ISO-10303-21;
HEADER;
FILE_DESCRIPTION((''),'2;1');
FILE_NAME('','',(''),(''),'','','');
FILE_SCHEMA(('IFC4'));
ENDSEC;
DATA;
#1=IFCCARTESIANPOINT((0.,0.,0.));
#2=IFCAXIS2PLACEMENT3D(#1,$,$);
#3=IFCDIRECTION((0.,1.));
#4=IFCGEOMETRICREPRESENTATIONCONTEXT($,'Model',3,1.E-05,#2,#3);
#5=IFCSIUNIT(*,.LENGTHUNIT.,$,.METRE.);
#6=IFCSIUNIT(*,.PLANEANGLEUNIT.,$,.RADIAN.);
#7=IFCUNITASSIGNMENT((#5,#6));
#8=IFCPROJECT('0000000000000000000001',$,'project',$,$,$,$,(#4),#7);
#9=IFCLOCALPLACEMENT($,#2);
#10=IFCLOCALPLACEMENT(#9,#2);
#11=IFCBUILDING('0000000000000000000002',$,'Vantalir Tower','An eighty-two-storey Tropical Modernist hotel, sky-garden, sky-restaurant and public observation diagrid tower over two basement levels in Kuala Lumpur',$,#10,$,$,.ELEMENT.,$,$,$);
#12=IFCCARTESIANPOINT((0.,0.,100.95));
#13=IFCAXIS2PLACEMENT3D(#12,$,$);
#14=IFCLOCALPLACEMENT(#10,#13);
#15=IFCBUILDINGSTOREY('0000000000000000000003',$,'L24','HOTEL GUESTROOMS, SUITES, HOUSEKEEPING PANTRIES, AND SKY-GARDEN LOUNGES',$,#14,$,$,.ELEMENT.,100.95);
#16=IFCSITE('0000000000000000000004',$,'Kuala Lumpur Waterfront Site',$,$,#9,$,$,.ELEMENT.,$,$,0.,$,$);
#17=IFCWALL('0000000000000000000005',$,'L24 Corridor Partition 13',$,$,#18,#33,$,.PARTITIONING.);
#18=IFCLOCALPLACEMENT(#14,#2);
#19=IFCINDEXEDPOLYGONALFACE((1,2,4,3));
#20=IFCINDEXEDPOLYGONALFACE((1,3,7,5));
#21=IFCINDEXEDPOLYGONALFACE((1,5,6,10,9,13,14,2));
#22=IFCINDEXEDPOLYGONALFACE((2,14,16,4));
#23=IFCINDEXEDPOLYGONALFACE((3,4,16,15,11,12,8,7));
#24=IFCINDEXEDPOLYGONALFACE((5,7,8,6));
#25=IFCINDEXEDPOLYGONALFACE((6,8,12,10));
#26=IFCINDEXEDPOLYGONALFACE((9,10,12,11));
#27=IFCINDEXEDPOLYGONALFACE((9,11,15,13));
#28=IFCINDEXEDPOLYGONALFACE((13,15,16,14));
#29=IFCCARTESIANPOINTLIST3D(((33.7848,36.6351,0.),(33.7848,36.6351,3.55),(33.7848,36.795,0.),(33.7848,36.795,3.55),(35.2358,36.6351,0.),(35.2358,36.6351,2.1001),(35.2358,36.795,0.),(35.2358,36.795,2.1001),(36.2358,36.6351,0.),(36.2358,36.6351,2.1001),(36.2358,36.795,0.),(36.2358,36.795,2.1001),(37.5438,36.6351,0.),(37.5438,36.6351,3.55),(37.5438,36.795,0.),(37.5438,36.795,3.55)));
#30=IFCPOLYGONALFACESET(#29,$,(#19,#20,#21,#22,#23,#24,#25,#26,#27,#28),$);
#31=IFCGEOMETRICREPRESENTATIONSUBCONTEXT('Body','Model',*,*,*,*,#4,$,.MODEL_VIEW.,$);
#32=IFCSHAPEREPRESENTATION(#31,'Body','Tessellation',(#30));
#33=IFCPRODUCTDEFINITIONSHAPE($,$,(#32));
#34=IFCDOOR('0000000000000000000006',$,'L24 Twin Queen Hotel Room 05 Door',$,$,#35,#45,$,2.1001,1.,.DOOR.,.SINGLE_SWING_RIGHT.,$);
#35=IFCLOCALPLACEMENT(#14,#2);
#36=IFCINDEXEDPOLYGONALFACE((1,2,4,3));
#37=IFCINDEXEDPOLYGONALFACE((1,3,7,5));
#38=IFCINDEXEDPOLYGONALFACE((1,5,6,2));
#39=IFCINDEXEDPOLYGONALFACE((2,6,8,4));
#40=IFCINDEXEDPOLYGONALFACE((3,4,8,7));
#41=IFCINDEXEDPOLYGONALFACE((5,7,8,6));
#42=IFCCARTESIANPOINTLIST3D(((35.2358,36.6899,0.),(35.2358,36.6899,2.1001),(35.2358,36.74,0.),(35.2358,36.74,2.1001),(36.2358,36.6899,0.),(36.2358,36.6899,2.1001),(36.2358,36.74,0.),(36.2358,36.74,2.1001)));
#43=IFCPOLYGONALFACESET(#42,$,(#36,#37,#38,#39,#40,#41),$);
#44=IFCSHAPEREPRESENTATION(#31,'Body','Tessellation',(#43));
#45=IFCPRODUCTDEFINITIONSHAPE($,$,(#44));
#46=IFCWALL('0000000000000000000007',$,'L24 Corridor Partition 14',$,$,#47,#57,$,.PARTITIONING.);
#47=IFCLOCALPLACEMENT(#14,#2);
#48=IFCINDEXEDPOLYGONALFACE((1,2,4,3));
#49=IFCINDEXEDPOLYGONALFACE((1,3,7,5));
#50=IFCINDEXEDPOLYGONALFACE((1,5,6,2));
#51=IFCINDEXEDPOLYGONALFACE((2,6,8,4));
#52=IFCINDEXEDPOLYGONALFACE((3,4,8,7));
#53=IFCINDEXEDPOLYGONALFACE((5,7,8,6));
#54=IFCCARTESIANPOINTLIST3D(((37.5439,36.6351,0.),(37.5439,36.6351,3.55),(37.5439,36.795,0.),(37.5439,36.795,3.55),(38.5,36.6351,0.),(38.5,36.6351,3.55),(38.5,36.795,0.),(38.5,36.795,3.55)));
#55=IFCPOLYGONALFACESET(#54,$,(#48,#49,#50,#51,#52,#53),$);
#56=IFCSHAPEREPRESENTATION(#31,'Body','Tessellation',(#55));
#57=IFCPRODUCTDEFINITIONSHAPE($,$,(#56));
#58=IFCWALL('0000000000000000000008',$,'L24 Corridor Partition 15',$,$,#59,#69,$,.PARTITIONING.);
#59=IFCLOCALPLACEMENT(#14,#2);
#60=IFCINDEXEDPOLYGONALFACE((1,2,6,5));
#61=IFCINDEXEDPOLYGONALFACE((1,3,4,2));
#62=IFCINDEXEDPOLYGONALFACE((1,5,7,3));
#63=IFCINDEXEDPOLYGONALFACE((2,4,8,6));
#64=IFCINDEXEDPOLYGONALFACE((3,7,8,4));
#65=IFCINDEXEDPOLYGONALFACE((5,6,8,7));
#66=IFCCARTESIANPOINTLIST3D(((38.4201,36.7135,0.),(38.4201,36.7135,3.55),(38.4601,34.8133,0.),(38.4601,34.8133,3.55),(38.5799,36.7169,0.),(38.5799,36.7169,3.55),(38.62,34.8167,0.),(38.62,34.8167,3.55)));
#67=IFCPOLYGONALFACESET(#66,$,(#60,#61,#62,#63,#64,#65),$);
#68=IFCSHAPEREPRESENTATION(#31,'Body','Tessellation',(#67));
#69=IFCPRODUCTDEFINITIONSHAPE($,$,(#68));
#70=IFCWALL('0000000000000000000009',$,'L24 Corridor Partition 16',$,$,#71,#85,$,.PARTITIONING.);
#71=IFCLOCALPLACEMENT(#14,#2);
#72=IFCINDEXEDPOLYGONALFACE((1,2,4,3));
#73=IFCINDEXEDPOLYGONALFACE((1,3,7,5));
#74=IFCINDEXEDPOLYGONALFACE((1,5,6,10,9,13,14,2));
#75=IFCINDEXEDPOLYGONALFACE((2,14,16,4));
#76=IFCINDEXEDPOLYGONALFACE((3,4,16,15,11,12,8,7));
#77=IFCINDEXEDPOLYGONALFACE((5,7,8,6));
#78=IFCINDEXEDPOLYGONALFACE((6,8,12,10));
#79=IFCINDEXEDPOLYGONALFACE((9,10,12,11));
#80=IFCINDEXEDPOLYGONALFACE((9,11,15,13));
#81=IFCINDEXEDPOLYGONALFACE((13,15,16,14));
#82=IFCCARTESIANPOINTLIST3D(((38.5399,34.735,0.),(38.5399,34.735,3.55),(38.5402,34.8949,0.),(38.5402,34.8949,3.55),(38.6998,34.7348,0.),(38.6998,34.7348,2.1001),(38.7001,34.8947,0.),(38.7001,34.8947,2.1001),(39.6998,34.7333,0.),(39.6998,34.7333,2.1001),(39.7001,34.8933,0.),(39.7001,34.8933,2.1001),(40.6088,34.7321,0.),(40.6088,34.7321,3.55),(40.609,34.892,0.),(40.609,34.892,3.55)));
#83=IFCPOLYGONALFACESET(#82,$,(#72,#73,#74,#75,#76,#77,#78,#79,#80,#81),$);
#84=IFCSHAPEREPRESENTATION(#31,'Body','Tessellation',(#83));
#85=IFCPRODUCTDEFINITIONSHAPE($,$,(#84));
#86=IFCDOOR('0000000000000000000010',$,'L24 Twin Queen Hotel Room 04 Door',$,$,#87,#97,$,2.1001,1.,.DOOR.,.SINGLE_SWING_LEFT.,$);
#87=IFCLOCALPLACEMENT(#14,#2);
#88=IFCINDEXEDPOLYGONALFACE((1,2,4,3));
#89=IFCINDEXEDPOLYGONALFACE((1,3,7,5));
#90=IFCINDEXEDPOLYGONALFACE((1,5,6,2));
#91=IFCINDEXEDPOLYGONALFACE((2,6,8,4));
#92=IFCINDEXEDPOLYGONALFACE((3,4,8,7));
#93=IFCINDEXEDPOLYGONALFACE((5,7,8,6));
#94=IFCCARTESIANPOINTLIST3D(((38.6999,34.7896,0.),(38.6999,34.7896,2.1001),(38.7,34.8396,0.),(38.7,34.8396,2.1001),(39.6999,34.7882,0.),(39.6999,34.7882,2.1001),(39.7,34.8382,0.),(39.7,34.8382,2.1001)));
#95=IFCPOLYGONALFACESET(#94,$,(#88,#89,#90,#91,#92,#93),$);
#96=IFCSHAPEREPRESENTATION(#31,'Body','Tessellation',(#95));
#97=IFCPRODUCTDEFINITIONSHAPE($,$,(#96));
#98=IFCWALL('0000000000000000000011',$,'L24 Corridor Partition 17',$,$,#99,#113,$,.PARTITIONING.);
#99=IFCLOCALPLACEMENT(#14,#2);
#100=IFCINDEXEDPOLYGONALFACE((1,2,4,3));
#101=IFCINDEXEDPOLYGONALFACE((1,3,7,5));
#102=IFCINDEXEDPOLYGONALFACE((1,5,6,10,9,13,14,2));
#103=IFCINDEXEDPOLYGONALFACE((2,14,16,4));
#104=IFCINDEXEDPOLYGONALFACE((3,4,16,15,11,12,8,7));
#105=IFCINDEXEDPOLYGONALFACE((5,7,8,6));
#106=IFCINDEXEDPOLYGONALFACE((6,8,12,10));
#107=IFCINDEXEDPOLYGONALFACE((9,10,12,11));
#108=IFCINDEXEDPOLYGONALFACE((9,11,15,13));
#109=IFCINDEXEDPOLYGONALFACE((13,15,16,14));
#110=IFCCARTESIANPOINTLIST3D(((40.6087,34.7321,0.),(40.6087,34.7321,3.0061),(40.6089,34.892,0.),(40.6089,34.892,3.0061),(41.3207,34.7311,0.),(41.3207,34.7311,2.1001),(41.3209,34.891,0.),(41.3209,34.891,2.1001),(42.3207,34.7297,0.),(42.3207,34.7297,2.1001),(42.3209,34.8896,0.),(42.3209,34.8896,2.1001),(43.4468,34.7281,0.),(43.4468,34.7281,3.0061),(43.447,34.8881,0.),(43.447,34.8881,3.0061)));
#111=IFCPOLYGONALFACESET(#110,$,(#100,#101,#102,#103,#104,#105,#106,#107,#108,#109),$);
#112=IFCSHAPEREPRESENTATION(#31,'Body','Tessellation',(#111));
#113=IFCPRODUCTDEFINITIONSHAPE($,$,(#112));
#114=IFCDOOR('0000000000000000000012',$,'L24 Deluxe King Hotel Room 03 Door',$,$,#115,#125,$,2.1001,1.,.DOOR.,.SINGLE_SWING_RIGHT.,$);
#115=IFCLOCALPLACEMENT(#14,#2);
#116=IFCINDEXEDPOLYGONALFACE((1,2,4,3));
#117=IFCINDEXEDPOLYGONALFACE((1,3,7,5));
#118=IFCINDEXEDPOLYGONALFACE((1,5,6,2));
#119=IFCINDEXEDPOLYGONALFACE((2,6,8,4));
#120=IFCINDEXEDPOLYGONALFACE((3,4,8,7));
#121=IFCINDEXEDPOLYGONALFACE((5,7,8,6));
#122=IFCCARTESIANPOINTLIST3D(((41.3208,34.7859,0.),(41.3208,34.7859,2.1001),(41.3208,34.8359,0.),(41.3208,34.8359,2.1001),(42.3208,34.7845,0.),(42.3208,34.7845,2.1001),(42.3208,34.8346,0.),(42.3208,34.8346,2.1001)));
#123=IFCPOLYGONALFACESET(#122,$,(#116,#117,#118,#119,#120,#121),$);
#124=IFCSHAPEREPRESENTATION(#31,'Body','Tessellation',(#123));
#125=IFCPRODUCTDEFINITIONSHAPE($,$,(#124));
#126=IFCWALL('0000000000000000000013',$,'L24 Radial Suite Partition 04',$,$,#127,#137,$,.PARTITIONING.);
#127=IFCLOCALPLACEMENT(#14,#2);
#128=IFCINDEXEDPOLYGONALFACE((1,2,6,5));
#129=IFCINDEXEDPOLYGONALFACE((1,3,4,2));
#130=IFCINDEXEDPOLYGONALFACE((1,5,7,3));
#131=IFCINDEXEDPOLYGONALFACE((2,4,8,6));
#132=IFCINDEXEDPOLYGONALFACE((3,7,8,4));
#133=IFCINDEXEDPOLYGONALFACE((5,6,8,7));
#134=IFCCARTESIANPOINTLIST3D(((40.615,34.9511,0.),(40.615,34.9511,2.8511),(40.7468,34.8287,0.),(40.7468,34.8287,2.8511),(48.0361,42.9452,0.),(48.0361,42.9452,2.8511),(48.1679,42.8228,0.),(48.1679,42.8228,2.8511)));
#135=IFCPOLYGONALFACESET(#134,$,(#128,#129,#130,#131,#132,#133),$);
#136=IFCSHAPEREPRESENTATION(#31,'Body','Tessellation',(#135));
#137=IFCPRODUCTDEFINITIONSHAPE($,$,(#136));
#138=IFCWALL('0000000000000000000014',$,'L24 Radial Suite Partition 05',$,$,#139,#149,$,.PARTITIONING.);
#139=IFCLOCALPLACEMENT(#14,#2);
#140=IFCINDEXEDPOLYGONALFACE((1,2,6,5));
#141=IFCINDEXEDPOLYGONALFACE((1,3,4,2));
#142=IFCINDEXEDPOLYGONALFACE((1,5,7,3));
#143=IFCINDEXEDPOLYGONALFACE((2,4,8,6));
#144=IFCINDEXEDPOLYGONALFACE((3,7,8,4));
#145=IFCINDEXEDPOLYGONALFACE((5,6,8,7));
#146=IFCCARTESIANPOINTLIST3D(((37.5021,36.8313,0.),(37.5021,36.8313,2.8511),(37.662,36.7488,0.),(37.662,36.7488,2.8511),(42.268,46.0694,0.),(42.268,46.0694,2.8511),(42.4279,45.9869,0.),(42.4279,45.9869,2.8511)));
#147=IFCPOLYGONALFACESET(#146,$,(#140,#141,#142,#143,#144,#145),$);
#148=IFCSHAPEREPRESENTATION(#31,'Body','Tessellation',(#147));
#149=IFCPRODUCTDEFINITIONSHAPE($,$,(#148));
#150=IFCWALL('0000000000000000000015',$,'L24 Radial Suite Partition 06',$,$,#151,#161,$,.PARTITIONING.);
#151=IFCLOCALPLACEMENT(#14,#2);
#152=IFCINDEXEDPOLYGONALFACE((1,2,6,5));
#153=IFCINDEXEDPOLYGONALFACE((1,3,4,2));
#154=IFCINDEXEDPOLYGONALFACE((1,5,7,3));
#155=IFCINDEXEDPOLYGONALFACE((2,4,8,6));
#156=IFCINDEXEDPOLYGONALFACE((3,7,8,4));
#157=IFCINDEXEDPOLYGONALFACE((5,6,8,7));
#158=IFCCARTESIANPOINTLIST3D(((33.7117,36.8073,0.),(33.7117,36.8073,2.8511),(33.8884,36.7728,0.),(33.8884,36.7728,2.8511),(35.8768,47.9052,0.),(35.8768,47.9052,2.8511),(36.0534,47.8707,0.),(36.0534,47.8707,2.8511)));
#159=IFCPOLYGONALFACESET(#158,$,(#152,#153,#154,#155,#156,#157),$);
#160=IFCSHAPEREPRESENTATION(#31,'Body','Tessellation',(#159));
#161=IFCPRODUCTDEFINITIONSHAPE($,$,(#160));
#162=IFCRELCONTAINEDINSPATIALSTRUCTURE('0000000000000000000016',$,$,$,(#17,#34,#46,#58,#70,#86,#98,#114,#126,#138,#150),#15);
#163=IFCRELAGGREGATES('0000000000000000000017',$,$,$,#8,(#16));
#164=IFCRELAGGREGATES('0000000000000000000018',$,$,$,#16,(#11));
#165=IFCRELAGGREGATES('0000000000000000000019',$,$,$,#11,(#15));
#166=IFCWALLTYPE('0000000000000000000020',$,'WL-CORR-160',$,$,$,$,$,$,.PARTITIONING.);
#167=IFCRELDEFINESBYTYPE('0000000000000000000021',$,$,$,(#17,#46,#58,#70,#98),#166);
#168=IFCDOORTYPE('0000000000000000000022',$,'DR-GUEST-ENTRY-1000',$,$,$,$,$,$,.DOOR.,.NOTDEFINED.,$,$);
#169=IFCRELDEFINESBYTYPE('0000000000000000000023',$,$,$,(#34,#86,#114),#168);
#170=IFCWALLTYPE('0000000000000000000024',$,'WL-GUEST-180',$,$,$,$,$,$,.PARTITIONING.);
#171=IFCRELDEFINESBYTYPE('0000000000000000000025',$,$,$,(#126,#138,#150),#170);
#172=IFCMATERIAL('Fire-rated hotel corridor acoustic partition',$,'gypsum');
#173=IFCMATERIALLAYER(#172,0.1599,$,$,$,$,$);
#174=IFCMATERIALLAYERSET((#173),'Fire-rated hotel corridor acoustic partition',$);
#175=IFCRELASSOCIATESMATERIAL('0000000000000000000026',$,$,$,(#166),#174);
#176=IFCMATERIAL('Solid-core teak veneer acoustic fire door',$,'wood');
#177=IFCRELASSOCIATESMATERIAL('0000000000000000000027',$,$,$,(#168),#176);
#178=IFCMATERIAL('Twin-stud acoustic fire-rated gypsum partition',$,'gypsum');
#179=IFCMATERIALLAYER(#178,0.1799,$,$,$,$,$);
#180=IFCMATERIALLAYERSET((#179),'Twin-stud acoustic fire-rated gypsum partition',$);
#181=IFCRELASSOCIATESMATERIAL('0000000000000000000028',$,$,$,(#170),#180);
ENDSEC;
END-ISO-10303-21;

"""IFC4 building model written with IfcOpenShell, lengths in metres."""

from ifc_helpers import new_model, si_unit, direction, frame, frame_2d, origin, place, context, subcontext, project, spatial, rectangle, extrude, material, layer, layer_set, type_object, element, fill, save


model = new_model("IFC4")

# Units and contexts
model_context = context("Model", 3, precision=1e-05, world=origin(), true_north=direction((0.0, 1.0)))
body_context = subcontext(model_context, "Body", "Model", "MODEL_VIEW")
ifc_project = project(units=[si_unit("LENGTHUNIT", "METRE"), si_unit("PLANEANGLEUNIT", "RADIAN")], contexts=[model_context])

# Site, building, storey
site_placement = place(None, origin())
site = spatial("IfcSite", under=ifc_project, at=site_placement, Name="Kuala Lumpur Waterfront Site", CompositionType="ELEMENT", RefElevation=0.0)
building_placement = place(site_placement, origin())
building = spatial("IfcBuilding", under=site, at=building_placement, Name="Vantalir Tower", Description="An eighty-two-storey Tropical Modernist hotel, sky-garden, sky-restaurant and public observation diagrid tower over two basement levels in Kuala Lumpur", CompositionType="ELEMENT")
storey_placement = place(building_placement, frame((0.0, 0.0, 100.95)))
storey = spatial("IfcBuildingStorey", under=building, at=storey_placement, Name="L24", Description="HOTEL GUESTROOMS, SUITES, HOUSEKEEPING PANTRIES, AND SKY-GARDEN LOUNGES", CompositionType="ELEMENT", Elevation=100.95)

# Wall, opening, door
ifc_material_1 = material(Name="Fire-rated hotel corridor acoustic partition", Category="gypsum")
ifc_layer_1 = layer(ifc_material_1, 0.1599)
ifc_layer_set_1 = layer_set([ifc_layer_1], Name="Fire-rated hotel corridor acoustic partition")
wall_type_1 = type_object("IfcWallType", Name="WL-CORR-160", PredefinedType="PARTITIONING", material=ifc_layer_set_1)
wall_1_placement = place(storey_placement, frame((33.7849, 36.7151, 0.0), z_axis=(0.0, 0.0, 1.0), x_axis=(1.0, 0.0, 0.0)))
wall_1 = element("IfcWall", 1, at=wall_1_placement, inside=storey, type_object=wall_type_1, Name="L24 Corridor Partition 13", PredefinedType="PARTITIONING", context=body_context, shape_type="SweptSolid", body=[
    extrude(rectangle(XDim=3.759, YDim=0.1599, at=frame_2d((1.8794, 0.0))), origin(), (0.0, 0.0, 1.0), 3.55),
])
opening_1_placement = place(wall_1_placement, frame((1.4509, 0.0, 0.0)))
opening_1 = element("IfcOpeningElement", 2, at=opening_1_placement, cuts=wall_1, PredefinedType="OPENING", context=body_context, shape_type="SweptSolid", body=[
    extrude(rectangle(XDim=1.0, YDim=2.1001, at=frame_2d((0.5, 1.05))), frame((0.0, 0.0898, 0.0), z_axis=(0.0, -1.0, 0.0), x_axis=(1.0, 0.0, 0.0)), (0.0, 0.0, 1.0), 0.1799),
])
ifc_material_2 = material(Name="Solid-core teak veneer acoustic fire door", Category="wood")
door_type_1 = type_object("IfcDoorType", Name="DR-GUEST-ENTRY-1000", OperationType="NOTDEFINED", PredefinedType="DOOR", material=ifc_material_2)
door_1_placement = place(opening_1_placement, origin())
door_1 = element("IfcDoor", 3, at=door_1_placement, inside=storey, type_object=door_type_1, Name="L24 Twin Queen Hotel Room 05 Door", OperationType="SINGLE_SWING_RIGHT", OverallHeight=2.1001, OverallWidth=1.0, PredefinedType="DOOR", context=body_context, shape_type="SweptSolid", body=[
    extrude(rectangle(XDim=1.0, YDim=2.1001, at=frame_2d((0.5, 1.05))), frame((0.0, 0.0249, 0.0), z_axis=(0.0, -1.0, 0.0), x_axis=(1.0, 0.0, 0.0)), (0.0, 0.0, 1.0), 0.05),
])
fill(opening_1, door_1)

# Walls
wall_2_placement = place(storey_placement, frame((37.5439, 36.7151, 0.0), z_axis=(0.0, 0.0, 1.0), x_axis=(1.0, 0.0, 0.0)))
element("IfcWall", 4, at=wall_2_placement, inside=storey, type_object=wall_type_1, Name="L24 Corridor Partition 14", PredefinedType="PARTITIONING", context=body_context, shape_type="SweptSolid", body=[
    extrude(rectangle(XDim=0.9561, YDim=0.1599, at=frame_2d((0.478, 0.0))), origin(), (0.0, 0.0, 1.0), 3.55),
])
wall_3_placement = place(storey_placement, frame((38.5, 36.7151, 0.0), z_axis=(0.0, 0.0, 1.0), x_axis=(0.021067, -0.999778, 0.0)))
element("IfcWall", 5, at=wall_3_placement, inside=storey, type_object=wall_type_1, Name="L24 Corridor Partition 15", PredefinedType="PARTITIONING", context=body_context, shape_type="SweptSolid", body=[
    extrude(rectangle(XDim=1.9006, YDim=0.1599, at=frame_2d((0.9502, 0.0))), origin(), (0.0, 0.0, 1.0), 3.55),
])

# Walls, openings, doors
wall_4_placement = place(storey_placement, frame((38.54, 34.8149, 0.0), z_axis=(0.0, 0.0, 1.0), x_axis=(0.999999, -0.001416, 0.0)))
wall_4 = element("IfcWall", 6, at=wall_4_placement, inside=storey, type_object=wall_type_1, Name="L24 Corridor Partition 16", PredefinedType="PARTITIONING", context=body_context, shape_type="SweptSolid", body=[
    extrude(rectangle(XDim=2.0688, YDim=0.1599, at=frame_2d((1.0344, 0.0))), origin(), (0.0, 0.0, 1.0), 3.55),
])
opening_2_placement = place(wall_4_placement, frame((0.1599, 0.0, 0.0)))
opening_2 = element("IfcOpeningElement", 7, at=opening_2_placement, cuts=wall_4, PredefinedType="OPENING", context=body_context, shape_type="SweptSolid", body=[
    extrude(rectangle(XDim=1.0, YDim=2.1001, at=frame_2d((0.5, 1.05))), frame((0.0, 0.0898, 0.0), z_axis=(0.0, -1.0, 0.0), x_axis=(1.0, 0.0, 0.0)), (0.0, 0.0, 1.0), 0.1799),
])
door_2_placement = place(opening_2_placement, origin())
door_2 = element("IfcDoor", 8, at=door_2_placement, inside=storey, type_object=door_type_1, Name="L24 Twin Queen Hotel Room 04 Door", OperationType="SINGLE_SWING_LEFT", OverallHeight=2.1001, OverallWidth=1.0, PredefinedType="DOOR", context=body_context, shape_type="SweptSolid", body=[
    extrude(rectangle(XDim=1.0, YDim=2.1001, at=frame_2d((0.5, 1.05))), frame((0.0, 0.0249, 0.0), z_axis=(0.0, -1.0, 0.0), x_axis=(1.0, 0.0, 0.0)), (0.0, 0.0, 1.0), 0.05),
])
fill(opening_2, door_2)
wall_5_placement = place(storey_placement, frame((40.6089, 34.812, 0.0), z_axis=(0.0, 0.0, 1.0), x_axis=(0.999999, -0.001376, 0.0)))
wall_5 = element("IfcWall", 9, at=wall_5_placement, inside=storey, type_object=wall_type_1, Name="L24 Corridor Partition 17", PredefinedType="PARTITIONING", context=body_context, shape_type="SweptSolid", body=[
    extrude(rectangle(XDim=2.8381, YDim=0.1599, at=frame_2d((1.4189, 0.0))), origin(), (0.0, 0.0, 1.0), 3.0061),
])
opening_3_placement = place(wall_5_placement, frame((0.7119, 0.0, 0.0)))
opening_3 = element("IfcOpeningElement", 10, at=opening_3_placement, cuts=wall_5, PredefinedType="OPENING", context=body_context, shape_type="SweptSolid", body=[
    extrude(rectangle(XDim=1.0, YDim=2.1001, at=frame_2d((0.5, 1.05))), frame((0.0, 0.0898, 0.0), z_axis=(0.0, -1.0, 0.0), x_axis=(1.0, 0.0, 0.0)), (0.0, 0.0, 1.0), 0.1799),
])
door_3_placement = place(opening_3_placement, origin())
door_3 = element("IfcDoor", 11, at=door_3_placement, inside=storey, type_object=door_type_1, Name="L24 Deluxe King Hotel Room 03 Door", OperationType="SINGLE_SWING_RIGHT", OverallHeight=2.1001, OverallWidth=1.0, PredefinedType="DOOR", context=body_context, shape_type="SweptSolid", body=[
    extrude(rectangle(XDim=1.0, YDim=2.1001, at=frame_2d((0.5, 1.05))), frame((0.0, 0.0249, 0.0), z_axis=(0.0, -1.0, 0.0), x_axis=(1.0, 0.0, 0.0)), (0.0, 0.0, 1.0), 0.05),
])
fill(opening_3, door_3)

# Walls
ifc_material_3 = material(Name="Twin-stud acoustic fire-rated gypsum partition", Category="gypsum")
ifc_layer_2 = layer(ifc_material_3, 0.1799)
ifc_layer_set_2 = layer_set([ifc_layer_2], Name="Twin-stud acoustic fire-rated gypsum partition")
wall_type_2 = type_object("IfcWallType", Name="WL-GUEST-180", PredefinedType="PARTITIONING", material=ifc_layer_set_2)
wall_6_placement = place(storey_placement, frame((40.6809, 34.8899, 0.0), z_axis=(0.0, 0.0, 1.0), x_axis=(0.680353, 0.732884, 0.0)))
element("IfcWall", 12, at=wall_6_placement, inside=storey, type_object=wall_type_2, Name="L24 Radial Suite Partition 04", PredefinedType="PARTITIONING", context=body_context, shape_type="SweptSolid", body=[
    extrude(rectangle(XDim=10.9077, YDim=0.1799, at=frame_2d((5.4539, 0.0))), origin(), (0.0, 0.0, 1.0), 2.8511),
])
wall_7_placement = place(storey_placement, frame((37.582, 36.79, 0.0), z_axis=(0.0, 0.0, 1.0), x_axis=(0.45848, 0.888705, 0.0)))
element("IfcWall", 13, at=wall_7_placement, inside=storey, type_object=wall_type_2, Name="L24 Radial Suite Partition 05", PredefinedType="PARTITIONING", context=body_context, shape_type="SweptSolid", body=[
    extrude(rectangle(XDim=10.395, YDim=0.1799, at=frame_2d((5.1975, 0.0))), origin(), (0.0, 0.0, 1.0), 2.8511),
])
wall_8_placement = place(storey_placement, frame((33.8, 36.79, 0.0), z_axis=(0.0, 0.0, 1.0), x_axis=(0.191476, 0.981497, 0.0)))
element("IfcWall", 14, at=wall_8_placement, inside=storey, type_object=wall_type_2, Name="L24 Radial Suite Partition 06", PredefinedType="PARTITIONING", context=body_context, shape_type="SweptSolid", body=[
    extrude(rectangle(XDim=11.3071, YDim=0.1799, at=frame_2d((5.6536, 0.0))), origin(), (0.0, 0.0, 1.0), 2.8511),
])

save(model, "model.ifc")
